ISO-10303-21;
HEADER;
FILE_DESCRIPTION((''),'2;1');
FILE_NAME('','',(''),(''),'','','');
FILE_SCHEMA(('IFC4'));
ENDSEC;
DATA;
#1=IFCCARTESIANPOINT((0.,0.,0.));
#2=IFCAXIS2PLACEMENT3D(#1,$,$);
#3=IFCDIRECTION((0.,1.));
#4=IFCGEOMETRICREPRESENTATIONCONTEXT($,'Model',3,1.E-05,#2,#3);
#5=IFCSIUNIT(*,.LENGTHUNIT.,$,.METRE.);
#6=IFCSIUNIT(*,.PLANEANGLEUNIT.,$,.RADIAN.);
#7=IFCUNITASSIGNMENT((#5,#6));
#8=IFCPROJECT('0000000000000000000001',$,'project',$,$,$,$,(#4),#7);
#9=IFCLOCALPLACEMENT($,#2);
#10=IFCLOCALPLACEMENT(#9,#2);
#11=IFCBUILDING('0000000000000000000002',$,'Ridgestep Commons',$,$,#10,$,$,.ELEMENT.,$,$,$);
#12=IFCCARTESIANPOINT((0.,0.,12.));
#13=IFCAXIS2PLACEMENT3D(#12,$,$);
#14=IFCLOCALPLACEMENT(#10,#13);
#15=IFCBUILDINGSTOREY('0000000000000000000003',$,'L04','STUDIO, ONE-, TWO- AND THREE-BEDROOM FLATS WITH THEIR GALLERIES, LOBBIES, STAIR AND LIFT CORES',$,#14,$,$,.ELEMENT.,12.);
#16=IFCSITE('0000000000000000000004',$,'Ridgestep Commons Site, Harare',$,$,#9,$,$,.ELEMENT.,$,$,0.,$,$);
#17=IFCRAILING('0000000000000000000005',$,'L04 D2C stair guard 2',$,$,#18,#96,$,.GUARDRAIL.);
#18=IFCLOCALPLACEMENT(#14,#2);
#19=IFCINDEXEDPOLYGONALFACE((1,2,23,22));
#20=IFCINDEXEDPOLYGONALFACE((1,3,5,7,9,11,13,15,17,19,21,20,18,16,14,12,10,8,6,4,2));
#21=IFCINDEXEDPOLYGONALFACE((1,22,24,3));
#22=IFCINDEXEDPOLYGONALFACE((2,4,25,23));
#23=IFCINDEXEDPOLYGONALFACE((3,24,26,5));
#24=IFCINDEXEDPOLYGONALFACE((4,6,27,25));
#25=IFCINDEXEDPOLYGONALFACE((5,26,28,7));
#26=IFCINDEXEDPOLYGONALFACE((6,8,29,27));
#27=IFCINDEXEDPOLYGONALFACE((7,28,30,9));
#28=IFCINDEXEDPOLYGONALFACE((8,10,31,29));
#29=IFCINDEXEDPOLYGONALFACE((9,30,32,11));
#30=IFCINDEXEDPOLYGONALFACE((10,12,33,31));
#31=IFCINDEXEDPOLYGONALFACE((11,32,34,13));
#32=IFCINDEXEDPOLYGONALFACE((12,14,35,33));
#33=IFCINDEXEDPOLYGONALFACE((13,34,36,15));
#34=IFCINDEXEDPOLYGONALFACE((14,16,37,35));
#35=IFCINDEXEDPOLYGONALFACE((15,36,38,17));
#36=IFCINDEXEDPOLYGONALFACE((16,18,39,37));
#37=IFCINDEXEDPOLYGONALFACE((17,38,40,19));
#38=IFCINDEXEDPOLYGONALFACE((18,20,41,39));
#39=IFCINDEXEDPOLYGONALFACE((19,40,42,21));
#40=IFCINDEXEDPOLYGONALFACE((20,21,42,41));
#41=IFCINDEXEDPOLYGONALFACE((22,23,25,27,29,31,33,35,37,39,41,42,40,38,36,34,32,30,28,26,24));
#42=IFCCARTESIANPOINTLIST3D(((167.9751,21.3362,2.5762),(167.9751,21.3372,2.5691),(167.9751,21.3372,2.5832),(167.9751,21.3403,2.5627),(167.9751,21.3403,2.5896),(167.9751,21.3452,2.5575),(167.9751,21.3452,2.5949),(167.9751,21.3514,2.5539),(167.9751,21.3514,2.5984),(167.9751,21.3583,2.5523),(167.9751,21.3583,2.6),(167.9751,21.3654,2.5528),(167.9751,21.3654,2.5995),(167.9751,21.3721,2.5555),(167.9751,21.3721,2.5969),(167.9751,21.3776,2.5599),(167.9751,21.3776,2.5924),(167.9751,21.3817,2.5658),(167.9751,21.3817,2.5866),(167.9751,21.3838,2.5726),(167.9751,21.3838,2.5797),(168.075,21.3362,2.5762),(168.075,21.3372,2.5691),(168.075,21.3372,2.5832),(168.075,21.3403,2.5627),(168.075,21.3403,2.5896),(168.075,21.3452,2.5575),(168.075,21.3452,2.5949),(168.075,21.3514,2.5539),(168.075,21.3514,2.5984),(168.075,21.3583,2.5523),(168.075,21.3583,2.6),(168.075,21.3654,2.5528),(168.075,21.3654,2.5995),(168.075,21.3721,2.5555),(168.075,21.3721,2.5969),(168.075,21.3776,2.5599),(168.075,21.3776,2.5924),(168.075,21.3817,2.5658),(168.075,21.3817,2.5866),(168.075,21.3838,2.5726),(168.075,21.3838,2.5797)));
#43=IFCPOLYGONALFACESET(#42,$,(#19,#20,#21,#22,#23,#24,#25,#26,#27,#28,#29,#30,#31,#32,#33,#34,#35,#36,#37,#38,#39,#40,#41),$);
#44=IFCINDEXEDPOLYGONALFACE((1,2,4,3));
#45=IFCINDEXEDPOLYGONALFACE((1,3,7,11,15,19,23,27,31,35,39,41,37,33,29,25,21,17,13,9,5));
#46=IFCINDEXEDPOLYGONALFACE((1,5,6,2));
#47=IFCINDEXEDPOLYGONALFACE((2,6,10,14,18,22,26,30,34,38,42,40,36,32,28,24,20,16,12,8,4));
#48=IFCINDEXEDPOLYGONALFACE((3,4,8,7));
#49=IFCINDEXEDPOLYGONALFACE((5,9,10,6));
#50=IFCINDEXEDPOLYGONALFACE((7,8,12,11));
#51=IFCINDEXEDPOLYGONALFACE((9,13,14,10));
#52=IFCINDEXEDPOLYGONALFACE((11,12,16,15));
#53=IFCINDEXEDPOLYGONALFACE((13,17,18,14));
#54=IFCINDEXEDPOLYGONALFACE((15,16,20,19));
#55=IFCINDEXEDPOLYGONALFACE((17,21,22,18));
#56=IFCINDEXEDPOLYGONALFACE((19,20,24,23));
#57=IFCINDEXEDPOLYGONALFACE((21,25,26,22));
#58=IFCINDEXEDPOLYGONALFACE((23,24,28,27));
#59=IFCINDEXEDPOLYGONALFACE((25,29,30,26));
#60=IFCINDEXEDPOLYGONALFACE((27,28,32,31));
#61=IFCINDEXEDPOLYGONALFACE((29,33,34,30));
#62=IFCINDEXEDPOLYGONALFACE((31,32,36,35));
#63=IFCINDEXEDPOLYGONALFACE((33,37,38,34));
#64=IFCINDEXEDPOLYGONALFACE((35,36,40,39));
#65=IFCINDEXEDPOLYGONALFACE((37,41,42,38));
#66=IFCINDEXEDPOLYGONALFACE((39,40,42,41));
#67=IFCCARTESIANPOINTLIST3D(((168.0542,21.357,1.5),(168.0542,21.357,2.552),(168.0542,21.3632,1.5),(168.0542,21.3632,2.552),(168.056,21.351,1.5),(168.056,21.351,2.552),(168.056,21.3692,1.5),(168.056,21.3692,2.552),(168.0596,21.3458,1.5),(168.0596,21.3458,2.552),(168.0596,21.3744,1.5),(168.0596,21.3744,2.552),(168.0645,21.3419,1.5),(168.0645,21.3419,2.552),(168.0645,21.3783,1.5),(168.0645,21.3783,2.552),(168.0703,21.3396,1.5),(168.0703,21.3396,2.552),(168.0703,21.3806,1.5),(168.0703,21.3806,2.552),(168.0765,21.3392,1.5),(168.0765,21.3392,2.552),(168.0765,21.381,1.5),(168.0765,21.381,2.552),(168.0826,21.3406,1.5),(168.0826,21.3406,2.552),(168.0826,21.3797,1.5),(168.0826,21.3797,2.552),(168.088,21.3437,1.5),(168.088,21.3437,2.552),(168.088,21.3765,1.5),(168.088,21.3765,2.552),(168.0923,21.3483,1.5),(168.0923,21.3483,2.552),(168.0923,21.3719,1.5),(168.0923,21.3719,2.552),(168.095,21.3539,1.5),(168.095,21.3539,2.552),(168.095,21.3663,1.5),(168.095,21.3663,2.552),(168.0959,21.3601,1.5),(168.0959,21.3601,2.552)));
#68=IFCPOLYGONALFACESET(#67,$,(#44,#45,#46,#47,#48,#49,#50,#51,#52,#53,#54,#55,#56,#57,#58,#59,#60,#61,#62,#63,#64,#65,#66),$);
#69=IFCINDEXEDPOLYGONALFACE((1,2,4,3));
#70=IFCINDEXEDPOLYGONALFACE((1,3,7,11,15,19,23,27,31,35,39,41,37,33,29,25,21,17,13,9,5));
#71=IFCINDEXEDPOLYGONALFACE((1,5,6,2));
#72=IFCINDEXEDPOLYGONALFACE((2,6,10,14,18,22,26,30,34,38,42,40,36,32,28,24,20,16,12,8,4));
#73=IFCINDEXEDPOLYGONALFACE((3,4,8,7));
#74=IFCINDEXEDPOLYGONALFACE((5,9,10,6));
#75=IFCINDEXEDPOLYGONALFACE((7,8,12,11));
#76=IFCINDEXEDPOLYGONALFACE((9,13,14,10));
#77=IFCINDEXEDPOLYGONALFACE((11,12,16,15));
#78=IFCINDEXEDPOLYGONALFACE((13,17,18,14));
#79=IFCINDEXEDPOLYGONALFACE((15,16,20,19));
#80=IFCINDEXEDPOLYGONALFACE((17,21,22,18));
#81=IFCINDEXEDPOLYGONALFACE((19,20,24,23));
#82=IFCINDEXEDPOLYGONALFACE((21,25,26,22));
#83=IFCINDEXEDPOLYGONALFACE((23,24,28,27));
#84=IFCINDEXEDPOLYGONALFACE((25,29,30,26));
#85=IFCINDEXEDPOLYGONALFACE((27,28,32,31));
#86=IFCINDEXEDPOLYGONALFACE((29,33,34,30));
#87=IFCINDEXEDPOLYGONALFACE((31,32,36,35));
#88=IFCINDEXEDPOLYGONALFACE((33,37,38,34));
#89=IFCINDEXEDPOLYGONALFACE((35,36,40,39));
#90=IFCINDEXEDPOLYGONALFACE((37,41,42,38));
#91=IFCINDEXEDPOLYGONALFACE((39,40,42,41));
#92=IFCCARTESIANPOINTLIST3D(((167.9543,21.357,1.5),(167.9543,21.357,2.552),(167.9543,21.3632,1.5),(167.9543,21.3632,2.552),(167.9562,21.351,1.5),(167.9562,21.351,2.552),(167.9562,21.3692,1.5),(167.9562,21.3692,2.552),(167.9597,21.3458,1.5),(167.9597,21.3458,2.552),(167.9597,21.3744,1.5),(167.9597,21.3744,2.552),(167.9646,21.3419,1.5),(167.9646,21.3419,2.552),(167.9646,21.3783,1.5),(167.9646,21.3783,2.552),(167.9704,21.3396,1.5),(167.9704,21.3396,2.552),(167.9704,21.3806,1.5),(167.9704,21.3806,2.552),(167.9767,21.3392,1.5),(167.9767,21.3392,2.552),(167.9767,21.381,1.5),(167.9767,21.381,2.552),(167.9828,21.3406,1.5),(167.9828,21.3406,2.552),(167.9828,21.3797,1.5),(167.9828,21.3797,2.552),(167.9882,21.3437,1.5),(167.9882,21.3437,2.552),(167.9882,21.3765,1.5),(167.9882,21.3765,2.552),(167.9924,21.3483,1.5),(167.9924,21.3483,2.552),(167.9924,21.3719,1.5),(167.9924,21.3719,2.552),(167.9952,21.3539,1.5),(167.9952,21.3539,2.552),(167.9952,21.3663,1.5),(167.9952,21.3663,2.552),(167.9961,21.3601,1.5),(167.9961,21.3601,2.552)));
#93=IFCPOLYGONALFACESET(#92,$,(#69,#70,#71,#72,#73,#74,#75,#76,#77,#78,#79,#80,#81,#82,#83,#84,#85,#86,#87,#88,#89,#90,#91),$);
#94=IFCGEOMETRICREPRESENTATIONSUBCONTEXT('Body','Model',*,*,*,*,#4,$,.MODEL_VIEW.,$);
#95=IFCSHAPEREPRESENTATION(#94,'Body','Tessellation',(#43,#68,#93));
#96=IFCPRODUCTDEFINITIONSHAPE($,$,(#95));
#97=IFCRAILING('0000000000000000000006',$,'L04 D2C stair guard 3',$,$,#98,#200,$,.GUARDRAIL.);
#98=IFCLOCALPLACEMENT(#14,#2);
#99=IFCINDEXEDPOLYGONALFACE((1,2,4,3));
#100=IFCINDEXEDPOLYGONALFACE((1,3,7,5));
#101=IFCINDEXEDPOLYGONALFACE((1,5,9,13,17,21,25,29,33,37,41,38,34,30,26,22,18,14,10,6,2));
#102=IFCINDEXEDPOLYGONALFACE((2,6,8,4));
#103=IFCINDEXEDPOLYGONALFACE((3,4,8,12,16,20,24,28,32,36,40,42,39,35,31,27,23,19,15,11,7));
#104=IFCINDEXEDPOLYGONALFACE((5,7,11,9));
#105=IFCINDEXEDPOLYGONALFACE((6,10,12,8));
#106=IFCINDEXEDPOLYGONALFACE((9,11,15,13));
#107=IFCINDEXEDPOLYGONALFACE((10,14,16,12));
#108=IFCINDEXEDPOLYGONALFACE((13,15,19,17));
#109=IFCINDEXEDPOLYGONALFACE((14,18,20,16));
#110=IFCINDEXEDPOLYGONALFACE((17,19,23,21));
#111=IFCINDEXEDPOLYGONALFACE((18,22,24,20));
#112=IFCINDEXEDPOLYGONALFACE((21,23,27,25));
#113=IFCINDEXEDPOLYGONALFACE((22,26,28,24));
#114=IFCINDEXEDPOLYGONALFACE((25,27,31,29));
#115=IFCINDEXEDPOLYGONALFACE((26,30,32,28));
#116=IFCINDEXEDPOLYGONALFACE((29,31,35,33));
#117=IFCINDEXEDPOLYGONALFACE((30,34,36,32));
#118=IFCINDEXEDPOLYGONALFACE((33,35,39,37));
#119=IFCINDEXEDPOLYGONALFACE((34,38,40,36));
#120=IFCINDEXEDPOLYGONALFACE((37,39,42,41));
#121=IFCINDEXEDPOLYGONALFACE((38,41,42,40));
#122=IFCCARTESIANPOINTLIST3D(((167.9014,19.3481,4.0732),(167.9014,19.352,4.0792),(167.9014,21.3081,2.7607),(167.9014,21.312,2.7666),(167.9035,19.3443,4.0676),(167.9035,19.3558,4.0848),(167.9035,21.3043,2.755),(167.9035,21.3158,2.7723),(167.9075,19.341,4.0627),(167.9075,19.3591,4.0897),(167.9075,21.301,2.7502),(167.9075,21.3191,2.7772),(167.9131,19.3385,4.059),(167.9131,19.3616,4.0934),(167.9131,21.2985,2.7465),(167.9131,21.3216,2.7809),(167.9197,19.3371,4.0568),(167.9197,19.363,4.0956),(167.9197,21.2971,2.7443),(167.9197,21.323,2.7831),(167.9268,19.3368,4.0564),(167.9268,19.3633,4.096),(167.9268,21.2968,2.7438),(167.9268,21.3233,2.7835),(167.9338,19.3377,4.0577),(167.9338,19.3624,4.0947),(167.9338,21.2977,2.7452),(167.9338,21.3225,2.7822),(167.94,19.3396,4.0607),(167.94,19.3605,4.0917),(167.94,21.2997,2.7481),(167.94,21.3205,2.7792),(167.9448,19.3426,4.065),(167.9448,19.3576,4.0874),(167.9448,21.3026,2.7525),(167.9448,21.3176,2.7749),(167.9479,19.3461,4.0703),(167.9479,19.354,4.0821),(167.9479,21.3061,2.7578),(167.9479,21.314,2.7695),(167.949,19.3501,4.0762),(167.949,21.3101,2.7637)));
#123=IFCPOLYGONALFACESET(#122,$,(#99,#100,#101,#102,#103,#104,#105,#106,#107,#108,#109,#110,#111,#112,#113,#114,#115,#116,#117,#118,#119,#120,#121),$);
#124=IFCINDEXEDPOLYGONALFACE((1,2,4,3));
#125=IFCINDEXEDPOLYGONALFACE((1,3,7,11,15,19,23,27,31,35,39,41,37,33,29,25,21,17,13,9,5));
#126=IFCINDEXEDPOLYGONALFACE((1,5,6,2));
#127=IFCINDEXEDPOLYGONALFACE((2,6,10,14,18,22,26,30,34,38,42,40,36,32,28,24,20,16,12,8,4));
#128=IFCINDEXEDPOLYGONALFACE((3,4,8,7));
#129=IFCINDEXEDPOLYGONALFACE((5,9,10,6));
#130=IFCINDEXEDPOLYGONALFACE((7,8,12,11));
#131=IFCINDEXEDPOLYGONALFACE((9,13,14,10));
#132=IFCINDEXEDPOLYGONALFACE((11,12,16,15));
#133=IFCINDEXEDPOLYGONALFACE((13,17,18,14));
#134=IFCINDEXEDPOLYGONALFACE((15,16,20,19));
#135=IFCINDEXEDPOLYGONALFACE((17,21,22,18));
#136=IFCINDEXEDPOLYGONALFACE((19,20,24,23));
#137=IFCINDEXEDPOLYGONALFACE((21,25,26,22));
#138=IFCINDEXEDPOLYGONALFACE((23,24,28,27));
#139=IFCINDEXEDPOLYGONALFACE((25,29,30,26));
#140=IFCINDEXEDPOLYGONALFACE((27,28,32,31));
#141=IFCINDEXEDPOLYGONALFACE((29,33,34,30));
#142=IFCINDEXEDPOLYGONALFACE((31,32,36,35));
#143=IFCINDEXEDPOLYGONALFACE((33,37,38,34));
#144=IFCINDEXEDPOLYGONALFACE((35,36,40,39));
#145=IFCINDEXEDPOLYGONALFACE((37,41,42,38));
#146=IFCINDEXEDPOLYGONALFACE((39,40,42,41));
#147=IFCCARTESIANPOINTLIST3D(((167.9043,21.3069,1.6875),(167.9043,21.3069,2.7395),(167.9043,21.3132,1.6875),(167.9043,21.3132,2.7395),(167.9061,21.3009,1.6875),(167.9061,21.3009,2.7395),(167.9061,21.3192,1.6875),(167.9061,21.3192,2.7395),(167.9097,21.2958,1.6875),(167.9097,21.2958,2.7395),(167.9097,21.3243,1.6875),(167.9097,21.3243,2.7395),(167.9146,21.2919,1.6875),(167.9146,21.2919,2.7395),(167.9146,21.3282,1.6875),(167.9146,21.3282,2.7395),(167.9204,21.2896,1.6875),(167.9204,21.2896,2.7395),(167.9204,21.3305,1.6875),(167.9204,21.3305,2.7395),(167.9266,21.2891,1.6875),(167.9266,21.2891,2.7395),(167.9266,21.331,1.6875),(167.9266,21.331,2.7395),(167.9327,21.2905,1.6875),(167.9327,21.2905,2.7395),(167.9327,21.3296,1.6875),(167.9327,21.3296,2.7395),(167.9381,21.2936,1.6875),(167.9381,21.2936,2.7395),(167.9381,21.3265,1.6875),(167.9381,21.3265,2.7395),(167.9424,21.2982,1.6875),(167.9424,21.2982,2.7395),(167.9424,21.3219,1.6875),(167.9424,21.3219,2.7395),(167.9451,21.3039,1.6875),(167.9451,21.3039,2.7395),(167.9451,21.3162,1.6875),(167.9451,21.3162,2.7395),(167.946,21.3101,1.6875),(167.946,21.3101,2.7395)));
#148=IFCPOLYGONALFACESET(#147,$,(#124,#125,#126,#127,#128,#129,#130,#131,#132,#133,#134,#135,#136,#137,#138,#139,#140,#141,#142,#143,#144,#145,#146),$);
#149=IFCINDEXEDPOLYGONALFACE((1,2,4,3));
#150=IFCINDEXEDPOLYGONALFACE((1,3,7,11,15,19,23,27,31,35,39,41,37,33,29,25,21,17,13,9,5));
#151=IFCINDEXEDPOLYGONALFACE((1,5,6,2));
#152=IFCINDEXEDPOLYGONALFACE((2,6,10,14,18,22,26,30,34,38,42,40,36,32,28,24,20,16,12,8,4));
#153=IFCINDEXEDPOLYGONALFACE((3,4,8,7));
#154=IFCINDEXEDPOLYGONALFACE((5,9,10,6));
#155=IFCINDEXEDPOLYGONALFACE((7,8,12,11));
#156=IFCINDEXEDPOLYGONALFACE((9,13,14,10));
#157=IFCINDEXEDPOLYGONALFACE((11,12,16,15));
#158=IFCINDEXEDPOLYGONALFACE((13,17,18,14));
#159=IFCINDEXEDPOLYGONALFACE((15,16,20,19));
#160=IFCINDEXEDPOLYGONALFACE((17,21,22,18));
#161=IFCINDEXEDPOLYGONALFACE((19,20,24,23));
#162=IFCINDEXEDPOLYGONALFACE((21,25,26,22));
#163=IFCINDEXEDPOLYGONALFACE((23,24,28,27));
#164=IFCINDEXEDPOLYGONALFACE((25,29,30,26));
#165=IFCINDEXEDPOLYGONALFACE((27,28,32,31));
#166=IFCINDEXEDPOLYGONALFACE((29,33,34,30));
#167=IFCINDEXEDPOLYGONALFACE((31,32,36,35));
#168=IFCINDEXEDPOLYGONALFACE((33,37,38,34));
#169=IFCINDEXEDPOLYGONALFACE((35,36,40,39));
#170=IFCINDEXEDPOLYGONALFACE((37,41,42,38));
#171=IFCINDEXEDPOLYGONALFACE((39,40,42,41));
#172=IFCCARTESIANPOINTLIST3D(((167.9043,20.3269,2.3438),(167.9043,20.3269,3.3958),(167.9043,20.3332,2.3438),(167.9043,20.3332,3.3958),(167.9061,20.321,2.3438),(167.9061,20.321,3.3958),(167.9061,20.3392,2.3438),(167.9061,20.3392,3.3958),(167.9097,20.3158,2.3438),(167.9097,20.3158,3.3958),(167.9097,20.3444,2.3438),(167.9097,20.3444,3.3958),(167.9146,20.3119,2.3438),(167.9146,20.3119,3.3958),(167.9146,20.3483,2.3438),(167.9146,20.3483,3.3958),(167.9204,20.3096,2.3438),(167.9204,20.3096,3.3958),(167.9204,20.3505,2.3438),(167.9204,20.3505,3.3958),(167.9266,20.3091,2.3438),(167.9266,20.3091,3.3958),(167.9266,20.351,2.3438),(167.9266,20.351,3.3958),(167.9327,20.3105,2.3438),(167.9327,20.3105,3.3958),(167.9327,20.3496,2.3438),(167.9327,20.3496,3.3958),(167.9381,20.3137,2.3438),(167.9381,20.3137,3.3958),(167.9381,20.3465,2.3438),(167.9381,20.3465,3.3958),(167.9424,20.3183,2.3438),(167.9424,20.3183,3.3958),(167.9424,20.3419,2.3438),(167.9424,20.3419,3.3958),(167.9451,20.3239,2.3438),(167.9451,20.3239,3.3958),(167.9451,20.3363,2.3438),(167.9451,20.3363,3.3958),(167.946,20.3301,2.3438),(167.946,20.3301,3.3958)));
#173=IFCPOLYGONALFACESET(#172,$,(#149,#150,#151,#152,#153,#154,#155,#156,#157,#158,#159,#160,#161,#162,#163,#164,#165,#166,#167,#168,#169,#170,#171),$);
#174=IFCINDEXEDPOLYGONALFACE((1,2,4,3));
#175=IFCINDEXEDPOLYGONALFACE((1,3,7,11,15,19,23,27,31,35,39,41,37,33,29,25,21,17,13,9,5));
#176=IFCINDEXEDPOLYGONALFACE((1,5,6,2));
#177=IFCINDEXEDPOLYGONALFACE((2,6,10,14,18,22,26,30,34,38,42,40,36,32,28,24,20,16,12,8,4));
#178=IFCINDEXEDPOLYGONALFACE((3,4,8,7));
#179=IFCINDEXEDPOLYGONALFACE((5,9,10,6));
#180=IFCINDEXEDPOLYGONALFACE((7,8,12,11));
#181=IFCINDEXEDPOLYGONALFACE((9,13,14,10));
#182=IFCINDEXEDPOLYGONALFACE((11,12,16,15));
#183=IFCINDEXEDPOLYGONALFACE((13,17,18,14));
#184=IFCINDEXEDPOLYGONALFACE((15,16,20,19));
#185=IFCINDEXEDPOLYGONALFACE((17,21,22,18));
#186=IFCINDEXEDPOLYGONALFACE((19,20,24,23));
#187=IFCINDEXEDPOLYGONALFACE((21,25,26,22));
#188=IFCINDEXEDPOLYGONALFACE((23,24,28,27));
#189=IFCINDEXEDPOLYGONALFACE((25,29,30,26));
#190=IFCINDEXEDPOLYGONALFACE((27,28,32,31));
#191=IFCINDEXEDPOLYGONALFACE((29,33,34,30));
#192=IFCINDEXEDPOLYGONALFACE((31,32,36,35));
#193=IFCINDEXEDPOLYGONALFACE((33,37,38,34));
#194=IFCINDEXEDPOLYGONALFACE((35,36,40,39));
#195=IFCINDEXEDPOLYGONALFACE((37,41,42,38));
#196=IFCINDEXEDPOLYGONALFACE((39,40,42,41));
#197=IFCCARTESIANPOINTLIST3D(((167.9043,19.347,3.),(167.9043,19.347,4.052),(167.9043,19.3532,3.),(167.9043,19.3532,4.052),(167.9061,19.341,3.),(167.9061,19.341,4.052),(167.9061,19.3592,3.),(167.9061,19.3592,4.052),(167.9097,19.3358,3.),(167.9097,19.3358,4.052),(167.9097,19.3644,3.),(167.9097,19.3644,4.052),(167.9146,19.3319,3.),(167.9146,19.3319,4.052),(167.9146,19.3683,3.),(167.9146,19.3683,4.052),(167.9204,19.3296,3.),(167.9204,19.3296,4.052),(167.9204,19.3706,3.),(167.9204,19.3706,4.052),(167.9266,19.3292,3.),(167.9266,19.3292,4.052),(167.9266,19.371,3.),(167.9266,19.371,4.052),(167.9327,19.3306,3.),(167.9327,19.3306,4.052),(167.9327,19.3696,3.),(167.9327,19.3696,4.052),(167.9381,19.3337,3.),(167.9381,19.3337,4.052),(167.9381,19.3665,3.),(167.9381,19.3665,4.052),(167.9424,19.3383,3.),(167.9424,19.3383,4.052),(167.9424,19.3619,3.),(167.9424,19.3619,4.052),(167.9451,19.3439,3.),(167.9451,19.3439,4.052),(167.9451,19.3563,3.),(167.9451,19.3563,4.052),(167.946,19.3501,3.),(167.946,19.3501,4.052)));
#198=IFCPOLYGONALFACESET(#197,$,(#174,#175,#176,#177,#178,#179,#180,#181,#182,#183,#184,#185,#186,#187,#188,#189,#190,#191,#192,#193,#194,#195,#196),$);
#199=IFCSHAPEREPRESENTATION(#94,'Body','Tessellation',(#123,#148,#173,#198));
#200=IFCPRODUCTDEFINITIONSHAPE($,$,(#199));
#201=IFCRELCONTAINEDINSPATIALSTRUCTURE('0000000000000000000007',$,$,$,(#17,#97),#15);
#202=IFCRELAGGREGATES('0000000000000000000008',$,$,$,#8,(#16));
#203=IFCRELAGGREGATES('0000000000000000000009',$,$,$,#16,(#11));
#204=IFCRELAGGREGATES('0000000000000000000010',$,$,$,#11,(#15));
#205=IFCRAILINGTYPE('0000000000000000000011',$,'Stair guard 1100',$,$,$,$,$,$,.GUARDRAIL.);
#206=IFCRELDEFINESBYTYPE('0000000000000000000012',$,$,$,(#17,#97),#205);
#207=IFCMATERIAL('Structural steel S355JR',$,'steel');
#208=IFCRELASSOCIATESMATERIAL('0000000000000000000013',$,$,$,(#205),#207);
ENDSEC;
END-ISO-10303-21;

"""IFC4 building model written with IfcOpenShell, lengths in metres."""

from ifc_helpers import new_model, si_unit, direction, frame, origin, origin_2d, place, context, subcontext, project, spatial, circle, extrude, material, type_object, element, save


model = new_model("IFC4")

# Units and contexts
model_context = context("Model", 3, precision=1e-05, world=origin(), true_north=direction((0.0, 1.0)))
body_context = subcontext(model_context, "Body", "Model", "MODEL_VIEW")
ifc_project = project(units=[si_unit("LENGTHUNIT", "METRE"), si_unit("PLANEANGLEUNIT", "RADIAN")], contexts=[model_context])

# Site, building, storey
site_placement = place(None, origin())
site = spatial("IfcSite", under=ifc_project, at=site_placement, Name="Ridgestep Commons Site, Harare", CompositionType="ELEMENT", RefElevation=0.0)
building_placement = place(site_placement, origin())
building = spatial("IfcBuilding", under=site, at=building_placement, Name="Ridgestep Commons", CompositionType="ELEMENT")
storey_placement = place(building_placement, frame((0.0, 0.0, 12.0)))
storey = spatial("IfcBuildingStorey", under=building, at=storey_placement, Name="L04", Description="STUDIO, ONE-, TWO- AND THREE-BEDROOM FLATS WITH THEIR GALLERIES, LOBBIES, STAIR AND LIFT CORES", CompositionType="ELEMENT", Elevation=12.0)

# Railings
ifc_material_1 = material(Name="Structural steel S355JR", Category="steel")
railing_type_1 = type_object("IfcRailingType", Name="Stair guard 1100", PredefinedType="GUARDRAIL", material=ifc_material_1)
railing_1_placement = place(storey_placement, frame((168.075, 21.3601, 1.5)))
element("IfcRailing", 1, at=railing_1_placement, inside=storey, type_object=railing_type_1, Name="L04 D2C stair guard 2", PredefinedType="GUARDRAIL", context=body_context, shape_type="SweptSolid", body=[
    extrude(circle(Radius=0.0239, at=origin_2d()), frame((0.0, 0.0, 1.0762), z_axis=(-1.0, 0.0, 0.0), x_axis=(0.0, -1.0, 0.0)), (0.0, 0.0, 1.0), 0.0999),
    extrude(circle(Radius=0.021, at=origin_2d()), origin(), (0.0, 0.0, 1.0), 1.052),
    extrude(circle(Radius=0.021, at=origin_2d()), frame((-0.0999, 0.0, 0.0)), (0.0, 0.0, 1.0), 1.052),
])
railing_2_placement = place(storey_placement, frame((167.925, 21.3101, 1.6875)))
element("IfcRailing", 2, at=railing_2_placement, inside=storey, type_object=railing_type_1, Name="L04 D2C stair guard 3", PredefinedType="GUARDRAIL", context=body_context, shape_type="SweptSolid", body=[
    extrude(circle(Radius=0.0239, at=origin_2d()), frame((0.0, 0.0, 1.0762), z_axis=(0.0, -0.830902, 0.556419), x_axis=(1.0, 0.0, 0.0)), (0.0, 0.0, 1.0), 2.3589),
    extrude(circle(Radius=0.021, at=origin_2d()), origin(), (0.0, 0.0, 1.0), 1.052),
    extrude(circle(Radius=0.021, at=origin_2d()), frame((0.0, -0.98, 0.6562)), (0.0, 0.0, 1.0), 1.052),
    extrude(circle(Radius=0.021, at=origin_2d()), frame((0.0, -1.96, 1.3125)), (0.0, 0.0, 1.0), 1.052),
])

save(model, "model.ifc")
